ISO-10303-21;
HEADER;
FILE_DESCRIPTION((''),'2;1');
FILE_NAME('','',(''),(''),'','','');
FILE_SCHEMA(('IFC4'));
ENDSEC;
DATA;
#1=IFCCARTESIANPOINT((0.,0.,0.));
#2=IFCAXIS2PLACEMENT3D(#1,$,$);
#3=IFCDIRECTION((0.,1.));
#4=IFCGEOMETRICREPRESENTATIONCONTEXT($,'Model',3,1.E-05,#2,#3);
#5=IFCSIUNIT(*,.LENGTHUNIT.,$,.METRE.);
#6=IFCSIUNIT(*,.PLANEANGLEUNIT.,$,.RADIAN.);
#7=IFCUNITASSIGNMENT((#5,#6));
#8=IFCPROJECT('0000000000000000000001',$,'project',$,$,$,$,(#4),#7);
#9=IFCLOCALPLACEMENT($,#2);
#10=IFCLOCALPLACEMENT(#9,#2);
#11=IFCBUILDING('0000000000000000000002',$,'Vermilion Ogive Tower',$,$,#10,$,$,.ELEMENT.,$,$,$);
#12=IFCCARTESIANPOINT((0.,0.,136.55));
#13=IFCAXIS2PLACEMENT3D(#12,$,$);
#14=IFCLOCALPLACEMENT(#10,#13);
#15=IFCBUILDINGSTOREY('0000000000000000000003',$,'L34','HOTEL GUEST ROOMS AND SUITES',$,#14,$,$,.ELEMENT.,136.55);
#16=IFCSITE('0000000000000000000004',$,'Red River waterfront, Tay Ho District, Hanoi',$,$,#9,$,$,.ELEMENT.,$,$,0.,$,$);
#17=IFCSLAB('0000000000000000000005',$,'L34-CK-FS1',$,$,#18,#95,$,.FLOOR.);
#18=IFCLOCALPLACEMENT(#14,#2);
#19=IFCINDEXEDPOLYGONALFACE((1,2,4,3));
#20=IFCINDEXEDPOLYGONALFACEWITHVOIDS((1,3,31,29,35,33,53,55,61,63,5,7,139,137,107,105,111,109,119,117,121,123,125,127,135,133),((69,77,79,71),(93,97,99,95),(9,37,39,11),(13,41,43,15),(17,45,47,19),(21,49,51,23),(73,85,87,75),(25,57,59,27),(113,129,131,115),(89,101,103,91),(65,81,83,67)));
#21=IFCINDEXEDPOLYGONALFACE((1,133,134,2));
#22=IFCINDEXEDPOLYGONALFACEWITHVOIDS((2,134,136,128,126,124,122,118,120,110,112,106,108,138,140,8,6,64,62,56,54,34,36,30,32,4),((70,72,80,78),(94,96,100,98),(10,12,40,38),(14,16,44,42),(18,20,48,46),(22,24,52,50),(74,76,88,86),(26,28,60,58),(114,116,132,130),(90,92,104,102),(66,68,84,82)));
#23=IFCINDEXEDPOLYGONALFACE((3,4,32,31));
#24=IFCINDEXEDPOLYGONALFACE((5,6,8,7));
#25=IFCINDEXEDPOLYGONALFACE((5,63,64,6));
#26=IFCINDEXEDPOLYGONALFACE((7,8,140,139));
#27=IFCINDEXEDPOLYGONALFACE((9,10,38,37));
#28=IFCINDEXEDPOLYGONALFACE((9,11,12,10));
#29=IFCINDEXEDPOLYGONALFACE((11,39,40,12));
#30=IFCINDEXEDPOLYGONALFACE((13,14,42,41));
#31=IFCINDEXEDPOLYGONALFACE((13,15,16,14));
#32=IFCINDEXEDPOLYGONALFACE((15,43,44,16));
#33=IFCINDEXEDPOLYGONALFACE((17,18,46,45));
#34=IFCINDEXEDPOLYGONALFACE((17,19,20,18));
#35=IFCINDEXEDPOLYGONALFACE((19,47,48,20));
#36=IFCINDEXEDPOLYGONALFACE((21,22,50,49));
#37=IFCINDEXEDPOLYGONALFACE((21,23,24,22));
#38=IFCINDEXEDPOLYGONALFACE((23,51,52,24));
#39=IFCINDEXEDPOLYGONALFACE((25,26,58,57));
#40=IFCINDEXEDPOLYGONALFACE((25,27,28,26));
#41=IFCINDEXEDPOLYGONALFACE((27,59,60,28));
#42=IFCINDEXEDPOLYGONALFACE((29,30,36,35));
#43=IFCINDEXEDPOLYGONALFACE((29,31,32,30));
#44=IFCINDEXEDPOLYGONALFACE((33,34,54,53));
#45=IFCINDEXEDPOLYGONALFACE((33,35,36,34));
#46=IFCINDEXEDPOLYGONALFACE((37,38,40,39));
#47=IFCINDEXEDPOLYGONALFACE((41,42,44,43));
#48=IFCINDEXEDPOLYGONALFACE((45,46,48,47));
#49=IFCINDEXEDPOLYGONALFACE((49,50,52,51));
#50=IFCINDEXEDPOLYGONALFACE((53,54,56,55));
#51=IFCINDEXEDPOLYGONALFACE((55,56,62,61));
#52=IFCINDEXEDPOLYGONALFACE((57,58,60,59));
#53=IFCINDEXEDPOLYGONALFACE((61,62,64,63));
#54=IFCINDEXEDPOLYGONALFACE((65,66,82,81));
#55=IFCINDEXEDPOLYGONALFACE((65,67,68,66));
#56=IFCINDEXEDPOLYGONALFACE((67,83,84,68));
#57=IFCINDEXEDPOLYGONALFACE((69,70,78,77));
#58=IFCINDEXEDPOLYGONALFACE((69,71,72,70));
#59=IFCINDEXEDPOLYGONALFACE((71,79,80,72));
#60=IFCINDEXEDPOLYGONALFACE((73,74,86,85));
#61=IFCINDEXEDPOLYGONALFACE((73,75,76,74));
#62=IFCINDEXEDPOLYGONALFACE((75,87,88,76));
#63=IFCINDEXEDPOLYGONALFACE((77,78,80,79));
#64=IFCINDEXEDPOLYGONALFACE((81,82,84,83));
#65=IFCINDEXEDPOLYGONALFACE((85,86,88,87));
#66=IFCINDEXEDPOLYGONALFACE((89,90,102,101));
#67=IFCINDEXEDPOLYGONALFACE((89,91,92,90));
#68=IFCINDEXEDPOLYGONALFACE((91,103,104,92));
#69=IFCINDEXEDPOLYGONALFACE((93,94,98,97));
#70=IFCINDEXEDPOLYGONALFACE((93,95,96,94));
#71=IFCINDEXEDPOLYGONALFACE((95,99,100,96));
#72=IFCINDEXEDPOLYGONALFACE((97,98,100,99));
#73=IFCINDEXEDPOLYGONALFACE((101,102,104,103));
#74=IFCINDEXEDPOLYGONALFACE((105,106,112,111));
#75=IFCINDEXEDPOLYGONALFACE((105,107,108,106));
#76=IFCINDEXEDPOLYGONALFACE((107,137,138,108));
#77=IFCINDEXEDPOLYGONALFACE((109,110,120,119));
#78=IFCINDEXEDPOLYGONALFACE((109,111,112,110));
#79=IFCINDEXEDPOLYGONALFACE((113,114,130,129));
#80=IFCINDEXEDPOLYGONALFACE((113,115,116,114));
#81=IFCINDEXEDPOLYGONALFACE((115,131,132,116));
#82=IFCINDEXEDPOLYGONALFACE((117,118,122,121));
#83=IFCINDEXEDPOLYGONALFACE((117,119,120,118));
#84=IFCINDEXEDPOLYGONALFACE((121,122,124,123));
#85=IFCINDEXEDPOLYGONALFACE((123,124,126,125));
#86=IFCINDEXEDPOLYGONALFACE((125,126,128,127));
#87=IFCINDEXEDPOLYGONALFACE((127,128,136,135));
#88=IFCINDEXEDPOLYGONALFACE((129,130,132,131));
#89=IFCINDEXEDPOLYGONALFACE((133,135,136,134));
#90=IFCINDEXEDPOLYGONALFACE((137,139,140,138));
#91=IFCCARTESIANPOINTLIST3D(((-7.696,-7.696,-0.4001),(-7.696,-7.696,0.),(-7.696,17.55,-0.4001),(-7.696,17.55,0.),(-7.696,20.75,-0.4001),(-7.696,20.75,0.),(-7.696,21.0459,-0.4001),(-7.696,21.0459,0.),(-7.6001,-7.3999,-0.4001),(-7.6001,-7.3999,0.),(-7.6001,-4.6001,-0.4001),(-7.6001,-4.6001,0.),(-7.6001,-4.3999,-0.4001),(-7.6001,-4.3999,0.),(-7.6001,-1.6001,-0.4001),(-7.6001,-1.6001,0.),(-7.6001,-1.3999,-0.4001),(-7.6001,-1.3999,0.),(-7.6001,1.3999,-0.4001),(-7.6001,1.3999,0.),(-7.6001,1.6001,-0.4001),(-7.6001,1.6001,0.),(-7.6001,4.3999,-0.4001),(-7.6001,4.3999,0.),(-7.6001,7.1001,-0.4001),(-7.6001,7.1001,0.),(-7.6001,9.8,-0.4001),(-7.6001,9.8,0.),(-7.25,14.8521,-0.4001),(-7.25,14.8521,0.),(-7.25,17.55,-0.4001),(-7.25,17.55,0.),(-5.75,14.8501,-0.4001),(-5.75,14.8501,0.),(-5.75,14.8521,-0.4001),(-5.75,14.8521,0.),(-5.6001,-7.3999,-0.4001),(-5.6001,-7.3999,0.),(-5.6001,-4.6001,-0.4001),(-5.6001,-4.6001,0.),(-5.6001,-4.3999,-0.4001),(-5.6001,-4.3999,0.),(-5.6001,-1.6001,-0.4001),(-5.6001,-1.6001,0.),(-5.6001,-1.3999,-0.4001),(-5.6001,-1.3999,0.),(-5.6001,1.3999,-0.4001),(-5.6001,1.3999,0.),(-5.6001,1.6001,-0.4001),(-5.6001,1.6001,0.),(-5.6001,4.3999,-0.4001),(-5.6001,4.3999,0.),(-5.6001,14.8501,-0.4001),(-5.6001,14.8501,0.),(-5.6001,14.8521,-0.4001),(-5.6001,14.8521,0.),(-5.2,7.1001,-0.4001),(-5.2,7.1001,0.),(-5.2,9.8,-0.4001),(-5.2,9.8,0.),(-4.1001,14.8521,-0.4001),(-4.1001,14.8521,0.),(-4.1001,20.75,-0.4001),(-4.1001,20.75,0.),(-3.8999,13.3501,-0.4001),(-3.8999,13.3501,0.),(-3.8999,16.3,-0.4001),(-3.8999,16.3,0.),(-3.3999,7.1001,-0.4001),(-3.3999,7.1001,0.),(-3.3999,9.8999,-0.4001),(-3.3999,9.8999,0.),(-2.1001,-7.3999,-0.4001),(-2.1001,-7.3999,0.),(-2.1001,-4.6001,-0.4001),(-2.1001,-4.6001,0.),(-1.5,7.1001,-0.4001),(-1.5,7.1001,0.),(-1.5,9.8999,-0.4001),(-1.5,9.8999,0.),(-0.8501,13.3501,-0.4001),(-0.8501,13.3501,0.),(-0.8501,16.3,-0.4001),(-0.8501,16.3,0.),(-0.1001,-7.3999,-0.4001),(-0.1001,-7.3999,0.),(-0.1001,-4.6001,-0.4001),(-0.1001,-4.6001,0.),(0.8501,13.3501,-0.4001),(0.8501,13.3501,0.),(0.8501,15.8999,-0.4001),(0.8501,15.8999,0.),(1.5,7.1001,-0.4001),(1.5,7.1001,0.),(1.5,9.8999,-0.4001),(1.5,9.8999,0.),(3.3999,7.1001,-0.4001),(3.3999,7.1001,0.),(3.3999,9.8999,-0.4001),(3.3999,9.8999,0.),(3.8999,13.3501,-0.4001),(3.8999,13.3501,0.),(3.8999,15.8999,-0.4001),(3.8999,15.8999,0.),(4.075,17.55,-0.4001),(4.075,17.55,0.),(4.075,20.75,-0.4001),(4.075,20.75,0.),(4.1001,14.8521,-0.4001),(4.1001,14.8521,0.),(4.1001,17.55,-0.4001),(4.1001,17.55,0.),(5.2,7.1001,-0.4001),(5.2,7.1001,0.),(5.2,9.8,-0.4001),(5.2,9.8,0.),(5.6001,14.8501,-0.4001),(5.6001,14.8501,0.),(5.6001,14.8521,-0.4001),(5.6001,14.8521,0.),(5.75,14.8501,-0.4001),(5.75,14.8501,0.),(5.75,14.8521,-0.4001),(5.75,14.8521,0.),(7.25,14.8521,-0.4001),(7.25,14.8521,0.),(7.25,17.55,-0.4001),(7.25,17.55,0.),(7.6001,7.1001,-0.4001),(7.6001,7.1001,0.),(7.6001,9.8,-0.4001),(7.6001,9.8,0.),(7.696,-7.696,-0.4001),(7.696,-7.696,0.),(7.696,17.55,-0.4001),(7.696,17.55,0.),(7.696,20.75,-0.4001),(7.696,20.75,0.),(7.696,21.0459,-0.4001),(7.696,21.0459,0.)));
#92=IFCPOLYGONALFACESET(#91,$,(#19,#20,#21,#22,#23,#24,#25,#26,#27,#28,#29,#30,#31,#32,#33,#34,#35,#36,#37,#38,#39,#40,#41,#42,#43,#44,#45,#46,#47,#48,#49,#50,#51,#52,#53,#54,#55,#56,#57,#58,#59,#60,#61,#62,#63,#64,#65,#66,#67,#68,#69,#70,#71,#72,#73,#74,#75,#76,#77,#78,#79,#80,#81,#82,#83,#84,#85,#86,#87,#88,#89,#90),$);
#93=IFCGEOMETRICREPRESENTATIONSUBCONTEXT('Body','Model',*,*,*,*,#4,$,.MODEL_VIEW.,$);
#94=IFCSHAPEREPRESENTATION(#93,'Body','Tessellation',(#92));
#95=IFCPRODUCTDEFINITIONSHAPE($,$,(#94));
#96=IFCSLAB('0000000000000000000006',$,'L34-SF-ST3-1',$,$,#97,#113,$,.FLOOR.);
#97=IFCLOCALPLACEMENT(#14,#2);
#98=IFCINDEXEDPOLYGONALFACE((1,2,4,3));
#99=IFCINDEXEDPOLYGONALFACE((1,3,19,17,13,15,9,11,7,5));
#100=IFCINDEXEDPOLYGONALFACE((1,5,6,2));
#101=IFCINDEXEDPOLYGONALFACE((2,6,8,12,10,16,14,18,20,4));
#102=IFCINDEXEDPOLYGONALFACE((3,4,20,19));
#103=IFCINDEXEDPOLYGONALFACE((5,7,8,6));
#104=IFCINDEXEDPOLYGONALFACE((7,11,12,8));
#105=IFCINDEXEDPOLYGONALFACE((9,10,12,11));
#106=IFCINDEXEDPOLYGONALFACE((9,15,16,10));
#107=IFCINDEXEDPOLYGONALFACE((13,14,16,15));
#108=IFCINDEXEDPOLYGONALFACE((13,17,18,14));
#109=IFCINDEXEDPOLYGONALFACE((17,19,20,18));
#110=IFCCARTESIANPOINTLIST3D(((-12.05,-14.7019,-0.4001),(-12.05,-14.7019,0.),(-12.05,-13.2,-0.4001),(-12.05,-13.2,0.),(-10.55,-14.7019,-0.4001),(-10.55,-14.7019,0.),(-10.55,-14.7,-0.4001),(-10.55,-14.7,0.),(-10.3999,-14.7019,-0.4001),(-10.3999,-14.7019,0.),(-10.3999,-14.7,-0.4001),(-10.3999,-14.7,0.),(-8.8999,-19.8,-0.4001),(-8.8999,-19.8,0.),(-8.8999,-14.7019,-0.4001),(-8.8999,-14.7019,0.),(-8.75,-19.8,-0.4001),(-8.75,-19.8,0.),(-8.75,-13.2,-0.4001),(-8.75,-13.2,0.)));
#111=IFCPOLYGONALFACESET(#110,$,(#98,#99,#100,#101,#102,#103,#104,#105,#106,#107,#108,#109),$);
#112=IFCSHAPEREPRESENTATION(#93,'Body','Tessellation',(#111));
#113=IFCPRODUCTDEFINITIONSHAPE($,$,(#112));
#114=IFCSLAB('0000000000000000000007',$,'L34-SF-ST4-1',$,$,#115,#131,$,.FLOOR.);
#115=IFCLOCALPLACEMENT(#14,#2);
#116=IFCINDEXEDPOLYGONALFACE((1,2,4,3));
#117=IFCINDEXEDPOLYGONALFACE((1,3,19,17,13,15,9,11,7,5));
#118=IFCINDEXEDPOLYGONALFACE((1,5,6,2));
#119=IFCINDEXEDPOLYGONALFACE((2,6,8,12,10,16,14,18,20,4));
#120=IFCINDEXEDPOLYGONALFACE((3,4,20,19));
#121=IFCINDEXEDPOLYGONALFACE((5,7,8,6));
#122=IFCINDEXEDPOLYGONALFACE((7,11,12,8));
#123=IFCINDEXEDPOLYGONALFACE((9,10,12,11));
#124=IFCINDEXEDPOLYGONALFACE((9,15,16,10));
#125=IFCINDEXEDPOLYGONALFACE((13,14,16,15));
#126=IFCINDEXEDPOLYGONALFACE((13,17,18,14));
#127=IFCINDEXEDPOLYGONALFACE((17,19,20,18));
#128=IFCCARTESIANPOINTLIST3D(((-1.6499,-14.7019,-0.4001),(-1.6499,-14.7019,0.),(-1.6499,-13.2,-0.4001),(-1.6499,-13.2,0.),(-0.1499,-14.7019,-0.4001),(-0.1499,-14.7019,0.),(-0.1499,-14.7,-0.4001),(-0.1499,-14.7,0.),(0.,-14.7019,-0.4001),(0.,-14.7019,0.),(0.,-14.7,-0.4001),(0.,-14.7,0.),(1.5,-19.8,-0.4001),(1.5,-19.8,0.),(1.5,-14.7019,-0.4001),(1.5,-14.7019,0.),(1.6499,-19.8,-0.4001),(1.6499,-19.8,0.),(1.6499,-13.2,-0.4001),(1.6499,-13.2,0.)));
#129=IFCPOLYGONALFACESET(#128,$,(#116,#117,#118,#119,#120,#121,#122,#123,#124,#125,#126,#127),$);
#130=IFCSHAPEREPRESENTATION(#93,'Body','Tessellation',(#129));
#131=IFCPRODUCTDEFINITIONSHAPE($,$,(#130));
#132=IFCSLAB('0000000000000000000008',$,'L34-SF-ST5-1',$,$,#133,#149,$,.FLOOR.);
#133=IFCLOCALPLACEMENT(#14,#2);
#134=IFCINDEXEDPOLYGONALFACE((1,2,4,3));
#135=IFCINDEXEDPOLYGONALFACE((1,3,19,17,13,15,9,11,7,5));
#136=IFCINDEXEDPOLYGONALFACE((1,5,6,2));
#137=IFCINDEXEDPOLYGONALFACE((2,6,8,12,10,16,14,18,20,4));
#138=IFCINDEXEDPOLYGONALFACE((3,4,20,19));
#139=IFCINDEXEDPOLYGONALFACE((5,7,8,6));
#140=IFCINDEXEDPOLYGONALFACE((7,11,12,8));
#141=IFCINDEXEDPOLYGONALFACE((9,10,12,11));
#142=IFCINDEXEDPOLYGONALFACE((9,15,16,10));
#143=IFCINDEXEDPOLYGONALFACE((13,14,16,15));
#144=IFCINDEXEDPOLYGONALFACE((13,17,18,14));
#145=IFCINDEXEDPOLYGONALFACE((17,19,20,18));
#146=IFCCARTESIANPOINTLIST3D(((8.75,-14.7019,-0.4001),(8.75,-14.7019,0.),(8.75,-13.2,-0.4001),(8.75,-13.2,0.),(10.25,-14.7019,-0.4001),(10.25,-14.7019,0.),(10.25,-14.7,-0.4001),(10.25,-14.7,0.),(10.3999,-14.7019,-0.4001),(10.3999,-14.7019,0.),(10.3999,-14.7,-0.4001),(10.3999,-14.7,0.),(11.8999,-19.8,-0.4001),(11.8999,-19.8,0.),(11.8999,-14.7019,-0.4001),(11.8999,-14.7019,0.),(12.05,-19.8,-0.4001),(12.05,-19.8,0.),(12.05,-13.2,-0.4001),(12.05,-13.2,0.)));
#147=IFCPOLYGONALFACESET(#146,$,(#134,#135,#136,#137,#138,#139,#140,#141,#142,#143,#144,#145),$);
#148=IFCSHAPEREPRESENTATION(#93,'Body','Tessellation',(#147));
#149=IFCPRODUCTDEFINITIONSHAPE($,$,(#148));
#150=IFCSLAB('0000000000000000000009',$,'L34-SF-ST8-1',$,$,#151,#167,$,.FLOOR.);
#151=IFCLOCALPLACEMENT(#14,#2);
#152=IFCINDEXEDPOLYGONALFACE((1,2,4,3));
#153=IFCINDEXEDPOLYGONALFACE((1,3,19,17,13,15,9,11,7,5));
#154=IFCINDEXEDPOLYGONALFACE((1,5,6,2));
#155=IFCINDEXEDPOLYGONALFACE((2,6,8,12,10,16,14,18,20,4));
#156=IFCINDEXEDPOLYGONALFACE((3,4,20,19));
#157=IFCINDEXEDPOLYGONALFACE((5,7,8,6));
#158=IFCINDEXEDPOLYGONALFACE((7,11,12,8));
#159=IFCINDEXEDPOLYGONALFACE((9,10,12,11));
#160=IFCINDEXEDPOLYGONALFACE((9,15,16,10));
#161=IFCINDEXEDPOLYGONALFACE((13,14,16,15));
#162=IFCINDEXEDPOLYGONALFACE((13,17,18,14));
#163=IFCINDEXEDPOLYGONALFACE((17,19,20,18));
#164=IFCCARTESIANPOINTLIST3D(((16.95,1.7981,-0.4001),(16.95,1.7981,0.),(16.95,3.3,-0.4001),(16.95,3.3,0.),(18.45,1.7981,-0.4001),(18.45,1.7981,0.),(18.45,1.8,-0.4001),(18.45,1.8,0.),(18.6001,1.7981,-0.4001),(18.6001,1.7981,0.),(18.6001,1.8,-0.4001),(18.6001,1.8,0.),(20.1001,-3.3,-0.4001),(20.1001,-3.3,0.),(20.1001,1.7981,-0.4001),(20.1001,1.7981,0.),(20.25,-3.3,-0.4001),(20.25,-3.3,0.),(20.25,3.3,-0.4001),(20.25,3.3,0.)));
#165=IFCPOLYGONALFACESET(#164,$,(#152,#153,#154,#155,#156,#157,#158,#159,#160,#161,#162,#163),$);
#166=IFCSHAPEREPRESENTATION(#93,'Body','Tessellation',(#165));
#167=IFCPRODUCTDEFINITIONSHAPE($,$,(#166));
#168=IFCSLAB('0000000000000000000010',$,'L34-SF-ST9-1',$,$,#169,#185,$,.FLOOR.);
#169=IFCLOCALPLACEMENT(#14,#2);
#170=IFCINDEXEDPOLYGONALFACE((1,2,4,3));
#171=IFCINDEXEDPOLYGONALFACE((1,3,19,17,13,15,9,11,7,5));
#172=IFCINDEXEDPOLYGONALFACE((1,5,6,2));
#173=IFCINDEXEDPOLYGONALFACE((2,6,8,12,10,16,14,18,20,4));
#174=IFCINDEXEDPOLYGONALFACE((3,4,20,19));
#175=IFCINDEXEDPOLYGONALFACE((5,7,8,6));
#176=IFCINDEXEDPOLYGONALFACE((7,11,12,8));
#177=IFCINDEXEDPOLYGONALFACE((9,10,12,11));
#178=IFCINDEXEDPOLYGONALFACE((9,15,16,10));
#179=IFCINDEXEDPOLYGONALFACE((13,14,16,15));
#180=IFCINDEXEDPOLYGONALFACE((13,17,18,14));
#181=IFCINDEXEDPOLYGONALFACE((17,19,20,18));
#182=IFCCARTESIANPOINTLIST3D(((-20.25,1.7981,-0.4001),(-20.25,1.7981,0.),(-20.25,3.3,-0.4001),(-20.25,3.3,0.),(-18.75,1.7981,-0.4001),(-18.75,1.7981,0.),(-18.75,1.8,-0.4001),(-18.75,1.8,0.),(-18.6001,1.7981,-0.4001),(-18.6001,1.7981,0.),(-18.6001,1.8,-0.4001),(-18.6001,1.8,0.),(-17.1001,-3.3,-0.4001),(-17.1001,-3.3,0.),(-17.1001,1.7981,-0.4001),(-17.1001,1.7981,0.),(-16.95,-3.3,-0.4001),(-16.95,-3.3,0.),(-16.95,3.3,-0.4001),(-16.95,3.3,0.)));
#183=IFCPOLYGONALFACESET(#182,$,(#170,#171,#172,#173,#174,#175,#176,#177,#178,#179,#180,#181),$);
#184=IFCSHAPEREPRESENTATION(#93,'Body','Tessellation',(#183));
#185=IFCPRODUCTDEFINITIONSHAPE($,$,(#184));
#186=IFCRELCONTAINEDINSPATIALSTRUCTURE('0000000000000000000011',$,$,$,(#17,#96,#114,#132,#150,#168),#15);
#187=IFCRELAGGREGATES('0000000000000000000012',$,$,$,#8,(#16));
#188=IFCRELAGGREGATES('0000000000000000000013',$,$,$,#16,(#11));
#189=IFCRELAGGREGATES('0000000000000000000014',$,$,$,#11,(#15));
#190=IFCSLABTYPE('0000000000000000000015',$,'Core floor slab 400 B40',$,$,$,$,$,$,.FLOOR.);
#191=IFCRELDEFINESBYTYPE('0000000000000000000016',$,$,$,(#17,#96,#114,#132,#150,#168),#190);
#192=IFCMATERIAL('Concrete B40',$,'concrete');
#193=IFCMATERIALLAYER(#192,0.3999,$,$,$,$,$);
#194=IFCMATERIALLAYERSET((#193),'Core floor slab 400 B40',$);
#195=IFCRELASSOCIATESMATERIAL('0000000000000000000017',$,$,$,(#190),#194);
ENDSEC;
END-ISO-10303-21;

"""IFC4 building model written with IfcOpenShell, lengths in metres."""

from ifc_helpers import new_model, si_unit, direction, frame, origin, place, context, subcontext, project, spatial, polyline, outline, extrude, material, layer, layer_set, type_object, element, save


model = new_model("IFC4")

# Units and contexts
model_context = context("Model", 3, precision=1e-05, world=origin(), true_north=direction((0.0, 1.0)))
body_context = subcontext(model_context, "Body", "Model", "MODEL_VIEW")
ifc_project = project(units=[si_unit("LENGTHUNIT", "METRE"), si_unit("PLANEANGLEUNIT", "RADIAN")], contexts=[model_context])

# Site, building, storey
site_placement = place(None, origin())
site = spatial("IfcSite", under=ifc_project, at=site_placement, Name="Red River waterfront, Tay Ho District, Hanoi", CompositionType="ELEMENT", RefElevation=0.0)
building_placement = place(site_placement, origin())
building = spatial("IfcBuilding", under=site, at=building_placement, Name="Vermilion Ogive Tower", CompositionType="ELEMENT")
storey_placement = place(building_placement, frame((0.0, 0.0, 136.55)))
storey = spatial("IfcBuildingStorey", under=building, at=storey_placement, Name="L34", Description="HOTEL GUEST ROOMS AND SUITES", CompositionType="ELEMENT", Elevation=136.55)

# Slabs
ifc_material_1 = material(Name="Concrete B40", Category="concrete")
ifc_layer_1 = layer(ifc_material_1, 0.3999)
ifc_layer_set_1 = layer_set([ifc_layer_1], Name="Core floor slab 400 B40")
slab_type_1 = type_object("IfcSlabType", Name="Core floor slab 400 B40", PredefinedType="FLOOR", material=ifc_layer_set_1)
slab_1_placement = place(storey_placement, frame((0.0, 0.0, -0.4001)))
element("IfcSlab", 1, at=slab_1_placement, inside=storey, type_object=slab_type_1, Name="L34-CK-FS1", PredefinedType="FLOOR", context=body_context, shape_type="SweptSolid", body=[
    extrude(outline(polyline([(5.75, 14.8501), (5.6001, 14.8501), (5.6001, 14.8521), (4.1001, 14.8521), (4.1001, 17.55), (4.075, 17.55), (4.075, 20.75), (7.696, 20.75), (7.696, 21.0459), (-7.696, 21.0459), (-7.696, 20.75), (-4.1001, 20.75), (-4.1001, 14.8521), (-5.6001, 14.8521), (-5.6001, 14.8501), (-5.75, 14.8501), (-5.75, 14.8521), (-7.25, 14.8521), (-7.25, 17.55), (-7.696, 17.55), (-7.696, -7.696), (7.696, -7.696), (7.696, 17.55), (7.25, 17.55), (7.25, 14.8521), (5.75, 14.8521), (5.75, 14.8501)]), holes=[polyline([(-7.6001, -7.3999), (-7.6001, -4.6001), (-5.6001, -4.6001), (-5.6001, -7.3999), (-7.6001, -7.3999)]), polyline([(-7.6001, -4.3999), (-7.6001, -1.6001), (-5.6001, -1.6001), (-5.6001, -4.3999), (-7.6001, -4.3999)]), polyline([(-7.6001, -1.3999), (-7.6001, 1.3999), (-5.6001, 1.3999), (-5.6001, -1.3999), (-7.6001, -1.3999)]), polyline([(-7.6001, 1.6001), (-7.6001, 4.3999), (-5.6001, 4.3999), (-5.6001, 1.6001), (-7.6001, 1.6001)]), polyline([(-7.6001, 7.1001), (-7.6001, 9.8), (-5.2, 9.8), (-5.2, 7.1001), (-7.6001, 7.1001)]), polyline([(-3.3999, 9.8999), (-1.5, 9.8999), (-1.5, 7.1001), (-3.3999, 7.1001), (-3.3999, 9.8999)]), polyline([(-2.1001, -7.3999), (-2.1001, -4.6001), (-0.1001, -4.6001), (-0.1001, -7.3999), (-2.1001, -7.3999)]), polyline([(5.2, 7.1001), (5.2, 9.8), (7.6001, 9.8), (7.6001, 7.1001), (5.2, 7.1001)]), polyline([(1.5, 7.1001), (1.5, 9.8999), (3.3999, 9.8999), (3.3999, 7.1001), (1.5, 7.1001)]), polyline([(0.8501, 13.3501), (0.8501, 15.8999), (3.8999, 15.8999), (3.8999, 13.3501), (0.8501, 13.3501)]), polyline([(-3.8999, 16.3), (-0.8501, 16.3), (-0.8501, 13.3501), (-3.8999, 13.3501), (-3.8999, 16.3)])]), origin(), (0.0, 0.0, 1.0), 0.4001),
])
slab_2_placement = place(storey_placement, frame((0.0, 0.0, -0.4001)))
element("IfcSlab", 2, at=slab_2_placement, inside=storey, type_object=slab_type_1, Name="L34-SF-ST3-1", PredefinedType="FLOOR", context=body_context, shape_type="SweptSolid", body=[
    extrude(outline(polyline([(-12.05, -13.2), (-12.05, -14.7019), (-10.55, -14.7019), (-10.55, -14.7), (-10.3999, -14.7), (-10.3999, -14.7019), (-8.8999, -14.7019), (-8.8999, -19.8), (-8.75, -19.8), (-8.75, -13.2), (-12.05, -13.2)])), origin(), (0.0, 0.0, 1.0), 0.4001),
])
slab_3_placement = place(storey_placement, frame((0.0, 0.0, -0.4001)))
element("IfcSlab", 3, at=slab_3_placement, inside=storey, type_object=slab_type_1, Name="L34-SF-ST4-1", PredefinedType="FLOOR", context=body_context, shape_type="SweptSolid", body=[
    extrude(outline(polyline([(-1.6499, -13.2), (-1.6499, -14.7019), (-0.1499, -14.7019), (-0.1499, -14.7), (0.0, -14.7), (0.0, -14.7019), (1.5, -14.7019), (1.5, -19.8), (1.6499, -19.8), (1.6499, -13.2), (-1.6499, -13.2)])), origin(), (0.0, 0.0, 1.0), 0.4001),
])
slab_4_placement = place(storey_placement, frame((0.0, 0.0, -0.4001)))
element("IfcSlab", 4, at=slab_4_placement, inside=storey, type_object=slab_type_1, Name="L34-SF-ST5-1", PredefinedType="FLOOR", context=body_context, shape_type="SweptSolid", body=[
    extrude(outline(polyline([(8.75, -13.2), (8.75, -14.7019), (10.25, -14.7019), (10.25, -14.7), (10.3999, -14.7), (10.3999, -14.7019), (11.8999, -14.7019), (11.8999, -19.8), (12.05, -19.8), (12.05, -13.2), (8.75, -13.2)])), origin(), (0.0, 0.0, 1.0), 0.4001),
])
slab_5_placement = place(storey_placement, frame((0.0, 0.0, -0.4001)))
element("IfcSlab", 5, at=slab_5_placement, inside=storey, type_object=slab_type_1, Name="L34-SF-ST8-1", PredefinedType="FLOOR", context=body_context, shape_type="SweptSolid", body=[
    extrude(outline(polyline([(16.95, 3.3), (16.95, 1.7981), (18.45, 1.7981), (18.45, 1.8), (18.6001, 1.8), (18.6001, 1.7981), (20.1001, 1.7981), (20.1001, -3.3), (20.25, -3.3), (20.25, 3.3), (16.95, 3.3)])), origin(), (0.0, 0.0, 1.0), 0.4001),
])
slab_6_placement = place(storey_placement, frame((0.0, 0.0, -0.4001)))
element("IfcSlab", 6, at=slab_6_placement, inside=storey, type_object=slab_type_1, Name="L34-SF-ST9-1", PredefinedType="FLOOR", context=body_context, shape_type="SweptSolid", body=[
    extrude(outline(polyline([(-20.25, 3.3), (-20.25, 1.7981), (-18.75, 1.7981), (-18.75, 1.8), (-18.6001, 1.8), (-18.6001, 1.7981), (-17.1001, 1.7981), (-17.1001, -3.3), (-16.95, -3.3), (-16.95, 3.3), (-20.25, 3.3)])), origin(), (0.0, 0.0, 1.0), 0.4001),
])

save(model, "model.ifc")
